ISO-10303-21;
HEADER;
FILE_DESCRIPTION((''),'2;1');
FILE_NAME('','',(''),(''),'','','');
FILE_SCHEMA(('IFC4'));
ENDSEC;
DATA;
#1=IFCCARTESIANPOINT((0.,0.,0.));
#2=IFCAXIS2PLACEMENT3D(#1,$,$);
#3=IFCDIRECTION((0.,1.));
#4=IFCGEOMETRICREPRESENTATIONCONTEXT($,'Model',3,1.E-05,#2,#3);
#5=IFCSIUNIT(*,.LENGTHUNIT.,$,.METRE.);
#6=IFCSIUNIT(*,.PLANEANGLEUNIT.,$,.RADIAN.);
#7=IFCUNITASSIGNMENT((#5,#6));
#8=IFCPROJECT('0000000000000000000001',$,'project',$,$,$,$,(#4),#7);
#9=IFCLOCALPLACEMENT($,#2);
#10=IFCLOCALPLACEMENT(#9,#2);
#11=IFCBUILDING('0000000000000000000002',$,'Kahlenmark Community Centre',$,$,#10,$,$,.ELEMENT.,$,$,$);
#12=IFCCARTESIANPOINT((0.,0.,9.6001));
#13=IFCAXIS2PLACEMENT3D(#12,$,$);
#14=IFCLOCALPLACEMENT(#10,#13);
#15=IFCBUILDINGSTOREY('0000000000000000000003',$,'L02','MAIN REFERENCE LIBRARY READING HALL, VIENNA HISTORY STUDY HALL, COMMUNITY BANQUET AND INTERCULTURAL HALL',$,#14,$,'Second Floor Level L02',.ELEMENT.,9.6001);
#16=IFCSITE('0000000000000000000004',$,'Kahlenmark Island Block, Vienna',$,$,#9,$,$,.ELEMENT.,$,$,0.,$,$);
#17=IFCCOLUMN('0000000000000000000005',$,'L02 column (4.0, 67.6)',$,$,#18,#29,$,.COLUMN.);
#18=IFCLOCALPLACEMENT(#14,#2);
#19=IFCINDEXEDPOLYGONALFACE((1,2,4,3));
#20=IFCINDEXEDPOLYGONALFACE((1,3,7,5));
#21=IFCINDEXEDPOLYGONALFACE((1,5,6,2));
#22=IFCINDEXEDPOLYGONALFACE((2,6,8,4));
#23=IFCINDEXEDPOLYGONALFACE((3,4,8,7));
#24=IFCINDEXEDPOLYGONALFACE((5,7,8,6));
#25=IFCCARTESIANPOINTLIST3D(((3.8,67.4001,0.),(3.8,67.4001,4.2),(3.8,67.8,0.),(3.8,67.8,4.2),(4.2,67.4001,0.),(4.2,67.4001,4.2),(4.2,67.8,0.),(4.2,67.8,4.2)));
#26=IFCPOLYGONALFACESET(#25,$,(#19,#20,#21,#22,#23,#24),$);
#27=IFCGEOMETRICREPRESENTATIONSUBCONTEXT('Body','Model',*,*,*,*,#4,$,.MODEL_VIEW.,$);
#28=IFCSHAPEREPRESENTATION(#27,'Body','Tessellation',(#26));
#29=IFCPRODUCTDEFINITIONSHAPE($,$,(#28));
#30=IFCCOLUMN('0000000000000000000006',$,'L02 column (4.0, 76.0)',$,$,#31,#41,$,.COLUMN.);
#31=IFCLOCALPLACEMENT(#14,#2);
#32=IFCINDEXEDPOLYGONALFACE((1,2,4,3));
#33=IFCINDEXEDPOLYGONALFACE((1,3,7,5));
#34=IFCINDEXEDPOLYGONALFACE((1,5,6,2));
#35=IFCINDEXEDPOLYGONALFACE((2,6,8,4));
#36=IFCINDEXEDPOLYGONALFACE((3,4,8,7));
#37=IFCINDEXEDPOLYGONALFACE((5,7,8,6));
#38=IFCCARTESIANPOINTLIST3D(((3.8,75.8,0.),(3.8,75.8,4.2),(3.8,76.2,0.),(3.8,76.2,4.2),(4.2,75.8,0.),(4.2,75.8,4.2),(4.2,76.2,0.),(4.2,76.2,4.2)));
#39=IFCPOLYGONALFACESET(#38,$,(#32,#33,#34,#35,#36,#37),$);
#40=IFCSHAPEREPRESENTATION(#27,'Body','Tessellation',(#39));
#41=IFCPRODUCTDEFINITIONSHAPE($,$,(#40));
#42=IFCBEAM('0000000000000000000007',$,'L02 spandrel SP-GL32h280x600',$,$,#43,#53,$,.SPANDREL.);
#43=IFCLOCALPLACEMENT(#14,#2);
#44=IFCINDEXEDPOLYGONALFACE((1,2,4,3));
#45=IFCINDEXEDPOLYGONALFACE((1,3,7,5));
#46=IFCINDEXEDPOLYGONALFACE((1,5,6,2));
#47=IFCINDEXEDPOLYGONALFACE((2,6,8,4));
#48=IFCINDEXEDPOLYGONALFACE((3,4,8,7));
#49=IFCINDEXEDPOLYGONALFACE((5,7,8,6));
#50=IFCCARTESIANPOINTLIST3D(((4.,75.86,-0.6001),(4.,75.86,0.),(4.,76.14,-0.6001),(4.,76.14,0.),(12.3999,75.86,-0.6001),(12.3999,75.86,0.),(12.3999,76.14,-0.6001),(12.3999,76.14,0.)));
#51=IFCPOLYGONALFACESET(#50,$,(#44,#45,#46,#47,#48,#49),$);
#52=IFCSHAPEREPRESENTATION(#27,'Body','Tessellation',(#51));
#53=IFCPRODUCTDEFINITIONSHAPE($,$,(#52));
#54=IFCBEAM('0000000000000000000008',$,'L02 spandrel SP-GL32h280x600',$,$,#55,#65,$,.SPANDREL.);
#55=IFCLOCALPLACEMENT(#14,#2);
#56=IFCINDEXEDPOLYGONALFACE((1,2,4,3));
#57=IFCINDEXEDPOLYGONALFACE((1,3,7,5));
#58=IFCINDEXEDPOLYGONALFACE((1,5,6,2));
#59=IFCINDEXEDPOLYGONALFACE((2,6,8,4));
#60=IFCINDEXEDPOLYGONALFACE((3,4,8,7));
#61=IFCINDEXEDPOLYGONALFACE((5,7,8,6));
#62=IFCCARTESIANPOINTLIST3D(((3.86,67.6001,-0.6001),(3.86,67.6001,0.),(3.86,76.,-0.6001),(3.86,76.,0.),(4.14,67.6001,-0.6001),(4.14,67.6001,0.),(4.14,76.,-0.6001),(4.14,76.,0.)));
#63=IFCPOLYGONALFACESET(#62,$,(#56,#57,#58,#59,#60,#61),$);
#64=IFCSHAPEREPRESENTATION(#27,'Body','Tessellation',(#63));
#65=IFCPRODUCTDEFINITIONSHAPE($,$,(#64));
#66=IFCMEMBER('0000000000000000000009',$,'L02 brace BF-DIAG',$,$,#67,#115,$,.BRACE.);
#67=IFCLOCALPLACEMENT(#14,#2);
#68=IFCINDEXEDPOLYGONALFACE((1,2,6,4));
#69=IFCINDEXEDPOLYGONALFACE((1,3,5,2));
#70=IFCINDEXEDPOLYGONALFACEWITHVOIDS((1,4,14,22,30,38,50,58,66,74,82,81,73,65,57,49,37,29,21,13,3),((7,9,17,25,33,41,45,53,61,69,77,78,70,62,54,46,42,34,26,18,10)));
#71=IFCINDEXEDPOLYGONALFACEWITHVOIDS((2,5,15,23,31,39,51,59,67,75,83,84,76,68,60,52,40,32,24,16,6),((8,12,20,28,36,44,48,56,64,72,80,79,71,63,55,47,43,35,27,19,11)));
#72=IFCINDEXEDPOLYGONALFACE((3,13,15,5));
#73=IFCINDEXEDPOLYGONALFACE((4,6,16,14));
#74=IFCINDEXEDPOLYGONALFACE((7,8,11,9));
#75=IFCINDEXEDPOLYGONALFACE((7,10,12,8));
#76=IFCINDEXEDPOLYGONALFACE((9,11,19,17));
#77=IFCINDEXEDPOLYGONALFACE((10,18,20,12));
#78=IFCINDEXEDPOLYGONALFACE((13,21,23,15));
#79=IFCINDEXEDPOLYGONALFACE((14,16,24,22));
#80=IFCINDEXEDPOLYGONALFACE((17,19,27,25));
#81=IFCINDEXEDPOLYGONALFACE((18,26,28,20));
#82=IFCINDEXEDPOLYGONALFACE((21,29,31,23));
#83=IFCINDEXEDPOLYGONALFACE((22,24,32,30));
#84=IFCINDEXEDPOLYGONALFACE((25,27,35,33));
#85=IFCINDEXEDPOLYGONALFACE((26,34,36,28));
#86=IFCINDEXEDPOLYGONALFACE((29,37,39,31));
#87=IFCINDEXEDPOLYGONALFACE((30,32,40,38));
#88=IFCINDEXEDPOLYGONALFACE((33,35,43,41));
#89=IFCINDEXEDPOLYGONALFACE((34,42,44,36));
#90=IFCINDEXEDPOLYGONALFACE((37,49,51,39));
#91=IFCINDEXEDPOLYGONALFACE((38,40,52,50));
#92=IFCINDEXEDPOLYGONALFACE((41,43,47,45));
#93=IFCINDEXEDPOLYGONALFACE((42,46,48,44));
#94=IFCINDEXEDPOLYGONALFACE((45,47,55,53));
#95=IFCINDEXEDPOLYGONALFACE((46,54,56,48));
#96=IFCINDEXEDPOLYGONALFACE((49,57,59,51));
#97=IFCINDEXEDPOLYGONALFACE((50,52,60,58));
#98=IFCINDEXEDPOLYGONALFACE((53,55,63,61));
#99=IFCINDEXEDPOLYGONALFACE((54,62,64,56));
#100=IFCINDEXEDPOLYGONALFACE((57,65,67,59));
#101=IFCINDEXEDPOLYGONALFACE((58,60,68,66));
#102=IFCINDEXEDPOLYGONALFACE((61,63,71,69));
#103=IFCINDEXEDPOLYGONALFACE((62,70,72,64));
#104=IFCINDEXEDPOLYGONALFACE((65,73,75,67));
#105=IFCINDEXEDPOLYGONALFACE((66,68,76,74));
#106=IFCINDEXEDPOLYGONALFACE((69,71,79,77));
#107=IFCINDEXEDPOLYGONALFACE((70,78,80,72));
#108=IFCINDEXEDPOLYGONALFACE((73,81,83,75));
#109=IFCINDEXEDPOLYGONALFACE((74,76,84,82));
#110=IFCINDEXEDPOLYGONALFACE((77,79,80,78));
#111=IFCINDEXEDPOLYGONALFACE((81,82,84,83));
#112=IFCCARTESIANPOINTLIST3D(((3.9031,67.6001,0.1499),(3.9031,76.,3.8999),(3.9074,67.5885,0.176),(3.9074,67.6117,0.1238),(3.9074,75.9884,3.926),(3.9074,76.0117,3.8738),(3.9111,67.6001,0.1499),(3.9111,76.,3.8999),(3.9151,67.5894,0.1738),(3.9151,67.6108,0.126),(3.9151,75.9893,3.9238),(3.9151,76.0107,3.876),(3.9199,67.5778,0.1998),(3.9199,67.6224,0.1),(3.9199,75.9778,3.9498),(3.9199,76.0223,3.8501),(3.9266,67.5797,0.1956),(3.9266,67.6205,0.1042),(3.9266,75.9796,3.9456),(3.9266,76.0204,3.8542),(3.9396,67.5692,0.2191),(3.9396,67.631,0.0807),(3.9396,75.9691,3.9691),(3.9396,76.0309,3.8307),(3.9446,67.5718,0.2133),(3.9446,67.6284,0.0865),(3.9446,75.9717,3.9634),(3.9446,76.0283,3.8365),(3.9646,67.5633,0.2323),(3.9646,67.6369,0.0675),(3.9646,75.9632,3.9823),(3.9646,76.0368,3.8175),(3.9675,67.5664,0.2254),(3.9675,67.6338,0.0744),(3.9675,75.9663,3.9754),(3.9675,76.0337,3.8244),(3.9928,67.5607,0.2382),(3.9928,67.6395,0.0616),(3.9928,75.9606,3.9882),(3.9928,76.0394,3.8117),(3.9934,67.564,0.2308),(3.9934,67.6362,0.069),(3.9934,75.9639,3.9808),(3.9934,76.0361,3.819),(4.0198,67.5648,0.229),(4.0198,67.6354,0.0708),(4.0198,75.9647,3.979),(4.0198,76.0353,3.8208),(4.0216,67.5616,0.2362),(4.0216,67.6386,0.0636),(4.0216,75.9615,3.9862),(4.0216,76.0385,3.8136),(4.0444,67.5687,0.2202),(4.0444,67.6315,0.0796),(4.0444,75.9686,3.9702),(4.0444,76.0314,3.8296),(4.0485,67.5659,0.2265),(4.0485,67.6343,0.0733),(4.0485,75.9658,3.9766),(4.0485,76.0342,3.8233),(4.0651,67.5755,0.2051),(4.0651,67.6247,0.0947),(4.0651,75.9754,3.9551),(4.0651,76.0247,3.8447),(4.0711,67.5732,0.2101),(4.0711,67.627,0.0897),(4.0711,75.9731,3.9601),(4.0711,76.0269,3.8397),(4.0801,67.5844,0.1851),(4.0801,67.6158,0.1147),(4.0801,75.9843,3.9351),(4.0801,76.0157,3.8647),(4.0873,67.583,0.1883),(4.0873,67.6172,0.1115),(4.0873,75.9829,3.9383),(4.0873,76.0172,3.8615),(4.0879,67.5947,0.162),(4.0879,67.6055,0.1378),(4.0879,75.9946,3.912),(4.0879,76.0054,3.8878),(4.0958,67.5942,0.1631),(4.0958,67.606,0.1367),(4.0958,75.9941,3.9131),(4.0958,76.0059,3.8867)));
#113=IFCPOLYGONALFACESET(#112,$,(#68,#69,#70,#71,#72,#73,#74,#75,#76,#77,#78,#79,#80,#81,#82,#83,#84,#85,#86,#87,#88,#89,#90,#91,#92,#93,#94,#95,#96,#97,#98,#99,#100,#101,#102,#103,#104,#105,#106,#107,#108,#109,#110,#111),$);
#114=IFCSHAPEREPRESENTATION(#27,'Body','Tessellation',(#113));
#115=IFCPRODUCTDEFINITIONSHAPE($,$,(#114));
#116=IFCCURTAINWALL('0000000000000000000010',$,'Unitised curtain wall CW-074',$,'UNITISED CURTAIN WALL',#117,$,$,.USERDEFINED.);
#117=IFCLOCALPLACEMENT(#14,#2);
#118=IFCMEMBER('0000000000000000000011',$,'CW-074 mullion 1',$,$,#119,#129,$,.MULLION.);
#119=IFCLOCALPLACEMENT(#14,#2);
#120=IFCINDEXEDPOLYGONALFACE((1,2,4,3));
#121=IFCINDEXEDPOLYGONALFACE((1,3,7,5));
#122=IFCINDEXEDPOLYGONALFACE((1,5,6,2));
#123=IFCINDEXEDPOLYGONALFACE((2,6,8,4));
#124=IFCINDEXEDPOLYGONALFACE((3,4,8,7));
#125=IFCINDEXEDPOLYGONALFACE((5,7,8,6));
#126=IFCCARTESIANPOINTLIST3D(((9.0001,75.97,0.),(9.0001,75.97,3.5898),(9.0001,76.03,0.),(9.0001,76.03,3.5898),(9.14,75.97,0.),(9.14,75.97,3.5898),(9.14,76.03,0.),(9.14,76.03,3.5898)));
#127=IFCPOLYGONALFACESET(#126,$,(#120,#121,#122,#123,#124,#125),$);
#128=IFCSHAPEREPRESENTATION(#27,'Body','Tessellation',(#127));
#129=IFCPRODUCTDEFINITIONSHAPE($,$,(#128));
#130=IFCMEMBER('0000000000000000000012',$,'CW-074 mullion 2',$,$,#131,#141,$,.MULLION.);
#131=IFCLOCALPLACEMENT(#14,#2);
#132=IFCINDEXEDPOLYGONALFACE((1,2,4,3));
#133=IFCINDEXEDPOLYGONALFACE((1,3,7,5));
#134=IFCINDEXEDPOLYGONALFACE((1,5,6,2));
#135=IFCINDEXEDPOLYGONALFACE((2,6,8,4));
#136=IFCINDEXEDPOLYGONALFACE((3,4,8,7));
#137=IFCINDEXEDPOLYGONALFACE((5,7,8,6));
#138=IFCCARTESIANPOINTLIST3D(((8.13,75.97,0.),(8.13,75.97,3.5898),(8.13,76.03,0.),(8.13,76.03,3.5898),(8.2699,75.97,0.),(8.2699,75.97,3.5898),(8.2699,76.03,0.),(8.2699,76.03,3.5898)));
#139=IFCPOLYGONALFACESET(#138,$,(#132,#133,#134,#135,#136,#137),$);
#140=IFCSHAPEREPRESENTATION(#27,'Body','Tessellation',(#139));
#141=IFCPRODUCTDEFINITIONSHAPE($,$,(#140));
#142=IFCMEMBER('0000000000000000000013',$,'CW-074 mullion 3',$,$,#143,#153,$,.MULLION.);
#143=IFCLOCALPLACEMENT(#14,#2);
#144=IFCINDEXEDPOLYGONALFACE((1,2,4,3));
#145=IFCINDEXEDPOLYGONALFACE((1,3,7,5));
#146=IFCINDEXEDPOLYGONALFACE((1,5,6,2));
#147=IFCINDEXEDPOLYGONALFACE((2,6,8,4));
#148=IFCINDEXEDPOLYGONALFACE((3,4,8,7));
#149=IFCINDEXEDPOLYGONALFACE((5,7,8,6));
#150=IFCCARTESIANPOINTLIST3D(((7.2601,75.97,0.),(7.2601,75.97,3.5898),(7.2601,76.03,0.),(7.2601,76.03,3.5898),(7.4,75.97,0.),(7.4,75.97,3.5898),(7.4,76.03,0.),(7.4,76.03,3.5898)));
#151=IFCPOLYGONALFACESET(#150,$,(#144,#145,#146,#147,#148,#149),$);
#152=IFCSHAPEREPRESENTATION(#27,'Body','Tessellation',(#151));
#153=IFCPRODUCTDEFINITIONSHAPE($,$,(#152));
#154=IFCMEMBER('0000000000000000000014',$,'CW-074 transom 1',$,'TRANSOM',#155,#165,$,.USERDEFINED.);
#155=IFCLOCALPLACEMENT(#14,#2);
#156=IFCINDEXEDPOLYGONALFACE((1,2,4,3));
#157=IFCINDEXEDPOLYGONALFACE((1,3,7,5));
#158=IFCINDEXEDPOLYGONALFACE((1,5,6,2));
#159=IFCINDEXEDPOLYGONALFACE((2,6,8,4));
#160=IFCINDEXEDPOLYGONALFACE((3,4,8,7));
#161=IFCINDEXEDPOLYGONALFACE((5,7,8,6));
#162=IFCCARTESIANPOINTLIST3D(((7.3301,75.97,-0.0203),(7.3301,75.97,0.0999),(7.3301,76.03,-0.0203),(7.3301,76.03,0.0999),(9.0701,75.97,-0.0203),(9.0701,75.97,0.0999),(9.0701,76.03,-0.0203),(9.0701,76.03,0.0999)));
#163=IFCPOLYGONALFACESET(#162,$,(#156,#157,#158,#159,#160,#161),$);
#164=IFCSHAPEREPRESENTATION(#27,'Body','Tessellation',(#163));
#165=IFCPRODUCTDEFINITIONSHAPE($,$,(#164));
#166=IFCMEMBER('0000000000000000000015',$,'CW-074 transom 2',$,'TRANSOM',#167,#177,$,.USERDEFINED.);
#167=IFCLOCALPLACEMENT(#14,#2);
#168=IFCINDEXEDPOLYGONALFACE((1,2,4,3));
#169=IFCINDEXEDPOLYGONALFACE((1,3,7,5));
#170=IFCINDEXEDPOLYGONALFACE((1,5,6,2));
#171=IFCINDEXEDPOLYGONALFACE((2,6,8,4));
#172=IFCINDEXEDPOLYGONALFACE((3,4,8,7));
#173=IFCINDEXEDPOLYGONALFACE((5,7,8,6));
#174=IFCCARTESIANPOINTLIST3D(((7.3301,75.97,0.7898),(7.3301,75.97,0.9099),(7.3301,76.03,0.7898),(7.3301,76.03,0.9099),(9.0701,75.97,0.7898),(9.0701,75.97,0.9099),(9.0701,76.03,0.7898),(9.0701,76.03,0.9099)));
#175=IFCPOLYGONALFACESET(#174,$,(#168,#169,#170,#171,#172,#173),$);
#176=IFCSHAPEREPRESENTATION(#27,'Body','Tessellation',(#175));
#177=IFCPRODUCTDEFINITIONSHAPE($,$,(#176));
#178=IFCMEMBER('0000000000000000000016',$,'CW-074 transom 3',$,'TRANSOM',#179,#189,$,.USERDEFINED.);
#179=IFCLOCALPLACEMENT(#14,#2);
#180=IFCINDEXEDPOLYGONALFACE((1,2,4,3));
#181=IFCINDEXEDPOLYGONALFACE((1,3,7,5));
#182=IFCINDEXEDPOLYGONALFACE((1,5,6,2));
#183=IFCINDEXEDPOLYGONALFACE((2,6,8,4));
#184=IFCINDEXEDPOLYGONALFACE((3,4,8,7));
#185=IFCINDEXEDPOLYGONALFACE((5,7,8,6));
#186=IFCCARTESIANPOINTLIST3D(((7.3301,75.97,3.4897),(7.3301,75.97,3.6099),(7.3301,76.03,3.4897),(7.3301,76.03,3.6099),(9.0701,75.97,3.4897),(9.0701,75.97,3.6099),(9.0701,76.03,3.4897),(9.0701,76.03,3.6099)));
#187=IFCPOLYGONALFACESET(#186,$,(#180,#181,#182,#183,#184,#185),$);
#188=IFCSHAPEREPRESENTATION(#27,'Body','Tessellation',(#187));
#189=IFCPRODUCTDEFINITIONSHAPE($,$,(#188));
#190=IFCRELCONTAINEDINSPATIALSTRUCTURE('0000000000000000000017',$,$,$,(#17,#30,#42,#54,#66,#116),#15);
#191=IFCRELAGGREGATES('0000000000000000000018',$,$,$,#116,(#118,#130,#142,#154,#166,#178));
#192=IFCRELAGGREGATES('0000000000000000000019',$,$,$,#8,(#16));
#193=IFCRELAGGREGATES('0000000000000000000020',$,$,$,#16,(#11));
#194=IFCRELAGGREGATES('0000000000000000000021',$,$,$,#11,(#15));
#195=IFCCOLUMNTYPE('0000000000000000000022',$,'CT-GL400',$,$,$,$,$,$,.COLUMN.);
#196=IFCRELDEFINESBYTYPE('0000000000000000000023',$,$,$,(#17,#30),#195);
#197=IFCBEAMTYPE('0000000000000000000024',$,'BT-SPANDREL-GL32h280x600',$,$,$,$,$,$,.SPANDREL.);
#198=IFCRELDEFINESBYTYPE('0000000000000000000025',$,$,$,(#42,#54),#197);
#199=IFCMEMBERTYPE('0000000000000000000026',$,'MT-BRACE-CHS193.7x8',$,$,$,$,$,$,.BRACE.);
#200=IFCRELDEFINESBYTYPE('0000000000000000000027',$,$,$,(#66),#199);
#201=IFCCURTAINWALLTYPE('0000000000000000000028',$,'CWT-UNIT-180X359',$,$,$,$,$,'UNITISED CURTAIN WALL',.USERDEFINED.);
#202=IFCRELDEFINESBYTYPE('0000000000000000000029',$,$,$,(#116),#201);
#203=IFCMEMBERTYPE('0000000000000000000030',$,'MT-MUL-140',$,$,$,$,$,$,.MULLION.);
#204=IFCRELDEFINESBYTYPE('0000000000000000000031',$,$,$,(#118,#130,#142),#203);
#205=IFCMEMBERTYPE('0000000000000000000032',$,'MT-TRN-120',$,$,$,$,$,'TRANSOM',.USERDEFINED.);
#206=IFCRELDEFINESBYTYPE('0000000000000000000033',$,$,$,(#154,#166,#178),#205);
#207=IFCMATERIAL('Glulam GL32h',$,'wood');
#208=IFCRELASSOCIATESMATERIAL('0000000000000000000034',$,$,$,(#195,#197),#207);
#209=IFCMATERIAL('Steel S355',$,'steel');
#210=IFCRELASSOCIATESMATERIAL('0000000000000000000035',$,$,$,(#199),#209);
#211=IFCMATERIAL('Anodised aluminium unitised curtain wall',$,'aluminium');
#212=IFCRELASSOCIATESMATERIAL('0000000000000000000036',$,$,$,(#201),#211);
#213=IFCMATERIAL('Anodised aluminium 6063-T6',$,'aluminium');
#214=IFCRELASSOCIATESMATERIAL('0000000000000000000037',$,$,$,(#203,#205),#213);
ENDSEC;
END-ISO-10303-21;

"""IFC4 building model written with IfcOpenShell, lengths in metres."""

from ifc_helpers import new_model, si_unit, direction, frame, origin, origin_2d, place, context, subcontext, project, spatial, rectangle, hollow_circle, extrude, material, material_profile, profile_set, type_object, element, aggregate, save


model = new_model("IFC4")

# Units and contexts
model_context = context("Model", 3, precision=1e-05, world=origin(), true_north=direction((0.0, 1.0)))
body_context = subcontext(model_context, "Body", "Model", "MODEL_VIEW")
ifc_project = project(units=[si_unit("LENGTHUNIT", "METRE"), si_unit("PLANEANGLEUNIT", "RADIAN")], contexts=[model_context])

# Site, building, storey
site_placement = place(None, origin())
site = spatial("IfcSite", under=ifc_project, at=site_placement, Name="Kahlenmark Island Block, Vienna", CompositionType="ELEMENT", RefElevation=0.0)
building_placement = place(site_placement, origin())
building = spatial("IfcBuilding", under=site, at=building_placement, Name="Kahlenmark Community Centre", CompositionType="ELEMENT")
storey_placement = place(building_placement, frame((0.0, 0.0, 9.6001)))
storey = spatial("IfcBuildingStorey", under=building, at=storey_placement, Name="L02", Description="MAIN REFERENCE LIBRARY READING HALL, VIENNA HISTORY STUDY HALL, COMMUNITY BANQUET AND INTERCULTURAL HALL", LongName="Second Floor Level L02", CompositionType="ELEMENT", Elevation=9.6001)

# Columns
ifc_material_1 = material(Name="Glulam GL32h", Category="wood")
ifc_material_profile_1 = material_profile(ifc_material_1, rectangle(XDim=0.3999, YDim=0.3999, at=origin_2d()), Name="GL32h 400x400")
ifc_profile_set_1 = profile_set([ifc_material_profile_1], Name="Glulam GL32h")
column_type = type_object("IfcColumnType", Name="CT-GL400", PredefinedType="COLUMN", material=ifc_profile_set_1)
for number, where, z_axis, x_axis, name in (
    (1, (4.0, 67.6001, 0.0), (0.0, 0.0, 1.0), (1.0, 0.0, 0.0), "L02 column (4.0, 67.6)"),
    (2, (4.0, 76.0, 0.0), (0.0, 0.0, 1.0), (1.0, 0.0, 0.0), "L02 column (4.0, 76.0)"),
):
    element("IfcColumn", number, at=place(storey_placement, frame(where, z_axis=z_axis, x_axis=x_axis)), inside=storey, type_object=column_type, Name=name, PredefinedType="COLUMN", context=body_context, shape_type="SweptSolid", body=[
        extrude(rectangle(XDim=0.3999, YDim=0.3999, at=origin_2d()), origin(), (0.0, 0.0, 1.0), 4.2),
    ])

# Beams
ifc_material_profile_2 = material_profile(ifc_material_1, rectangle(XDim=0.28, YDim=0.6001, at=origin_2d()), Name="GL32h 280x600")
ifc_profile_set_2 = profile_set([ifc_material_profile_2], Name="Glulam GL32h")
beam_type = type_object("IfcBeamType", Name="BT-SPANDREL-GL32h280x600", PredefinedType="SPANDREL", material=ifc_profile_set_2)
for number, where, z_axis, x_axis, name in (
    (3, (4.0, 76.0, -0.3), (1.0, 0.0, 0.0), (0.0, 1.0, 0.0), "L02 spandrel SP-GL32h280x600"),
    (4, (4.0, 67.6001, -0.3), (0.0, 1.0, 0.0), (-1.0, 0.0, 0.0), "L02 spandrel SP-GL32h280x600"),
):
    element("IfcBeam", number, at=place(storey_placement, frame(where, z_axis=z_axis, x_axis=x_axis)), inside=storey, type_object=beam_type, Name=name, PredefinedType="SPANDREL", context=body_context, shape_type="SweptSolid", body=[
        extrude(rectangle(XDim=0.28, YDim=0.6001, at=origin_2d()), origin(), (0.0, 0.0, 1.0), 8.3999),
    ])

# Member
ifc_material_2 = material(Name="Steel S355", Category="steel")
ifc_material_profile_3 = material_profile(ifc_material_2, hollow_circle(Radius=0.0969, WallThickness=0.0081, at=origin_2d()), Name="CHS 193.7x8")
ifc_profile_set_3 = profile_set([ifc_material_profile_3], Name="Steel S355")
member_type_1 = type_object("IfcMemberType", Name="MT-BRACE-CHS193.7x8", PredefinedType="BRACE", material=ifc_profile_set_3)
member_1_placement = place(storey_placement, frame((4.0, 67.6001, 0.1499), z_axis=(0.0, 0.913136, 0.407655), x_axis=(-1.0, 0.0, 0.0)))
element("IfcMember", 5, at=member_1_placement, inside=storey, type_object=member_type_1, Name="L02 brace BF-DIAG", PredefinedType="BRACE", context=body_context, shape_type="SweptSolid", body=[
    extrude(hollow_circle(Radius=0.0969, WallThickness=0.0081, at=origin_2d()), origin(), (0.0, 0.0, 1.0), 9.199),
])

# Curtain wall, members
ifc_material_3 = material(Name="Anodised aluminium unitised curtain wall", Category="aluminium")
curtain_wall_type = type_object("IfcCurtainWallType", Name="CWT-UNIT-180X359", ElementType="UNITISED CURTAIN WALL", PredefinedType="USERDEFINED", material=ifc_material_3)
curtain_wall_placement = place(storey_placement, origin())
curtain_wall = element("IfcCurtainWall", 6, at=curtain_wall_placement, inside=storey, type_object=curtain_wall_type, Name="Unitised curtain wall CW-074", ObjectType="UNITISED CURTAIN WALL", PredefinedType="USERDEFINED")
ifc_material_4 = material(Name="Anodised aluminium 6063-T6", Category="aluminium")
ifc_material_profile_4 = material_profile(ifc_material_4, rectangle(XDim=0.0601, YDim=0.1399, at=origin_2d()), Name="ALU MULLION 60x140")
ifc_profile_set_4 = profile_set([ifc_material_profile_4], Name="Anodised aluminium 6063-T6")
member_type_2 = type_object("IfcMemberType", Name="MT-MUL-140", PredefinedType="MULLION", material=ifc_profile_set_4)
member_2_placement = place(storey_placement, frame((9.0701, 76.0, 0.0), z_axis=(0.0, 0.0, 1.0), x_axis=(0.0, -1.0, 0.0)))
member_2 = element("IfcMember", 7, at=member_2_placement, type_object=member_type_2, Name="CW-074 mullion 1", PredefinedType="MULLION", context=body_context, shape_type="SweptSolid", body=[
    extrude(rectangle(XDim=0.0601, YDim=0.1399, at=origin_2d()), origin(), (0.0, 0.0, 1.0), 3.5898),
])
member_3_placement = place(storey_placement, frame((8.2, 76.0, 0.0), z_axis=(0.0, 0.0, 1.0), x_axis=(0.0, -1.0, 0.0)))
member_3 = element("IfcMember", 8, at=member_3_placement, type_object=member_type_2, Name="CW-074 mullion 2", PredefinedType="MULLION", context=body_context, shape_type="SweptSolid", body=[
    extrude(rectangle(XDim=0.0601, YDim=0.1399, at=origin_2d()), origin(), (0.0, 0.0, 1.0), 3.5898),
])
member_4_placement = place(storey_placement, frame((7.3301, 76.0, 0.0), z_axis=(0.0, 0.0, 1.0), x_axis=(0.0, -1.0, 0.0)))
member_4 = element("IfcMember", 9, at=member_4_placement, type_object=member_type_2, Name="CW-074 mullion 3", PredefinedType="MULLION", context=body_context, shape_type="SweptSolid", body=[
    extrude(rectangle(XDim=0.0601, YDim=0.1399, at=origin_2d()), origin(), (0.0, 0.0, 1.0), 3.5898),
])
ifc_material_profile_5 = material_profile(ifc_material_4, rectangle(XDim=0.0601, YDim=0.1201, at=origin_2d()), Name="ALU TRANSOM 60x120")
ifc_profile_set_5 = profile_set([ifc_material_profile_5], Name="Anodised aluminium 6063-T6")
member_type_3 = type_object("IfcMemberType", Name="MT-TRN-120", ElementType="TRANSOM", PredefinedType="USERDEFINED", material=ifc_profile_set_5)
member_5_placement = place(storey_placement, frame((9.0701, 76.0, 0.0398), z_axis=(-1.0, 0.0, 0.0), x_axis=(0.0, -1.0, 0.0)))
member_5 = element("IfcMember", 10, at=member_5_placement, type_object=member_type_3, Name="CW-074 transom 1", ObjectType="TRANSOM", PredefinedType="USERDEFINED", context=body_context, shape_type="SweptSolid", body=[
    extrude(rectangle(XDim=0.0601, YDim=0.1201, at=origin_2d()), origin(), (0.0, 0.0, 1.0), 1.74),
])
member_6_placement = place(storey_placement, frame((9.0701, 76.0, 0.8499), z_axis=(-1.0, 0.0, 0.0), x_axis=(0.0, -1.0, 0.0)))
member_6 = element("IfcMember", 11, at=member_6_placement, type_object=member_type_3, Name="CW-074 transom 2", ObjectType="TRANSOM", PredefinedType="USERDEFINED", context=body_context, shape_type="SweptSolid", body=[
    extrude(rectangle(XDim=0.0601, YDim=0.1201, at=origin_2d()), origin(), (0.0, 0.0, 1.0), 1.74),
])
member_7_placement = place(storey_placement, frame((9.0701, 76.0, 3.5498), z_axis=(-1.0, 0.0, 0.0), x_axis=(0.0, -1.0, 0.0)))
member_7 = element("IfcMember", 12, at=member_7_placement, type_object=member_type_3, Name="CW-074 transom 3", ObjectType="TRANSOM", PredefinedType="USERDEFINED", context=body_context, shape_type="SweptSolid", body=[
    extrude(rectangle(XDim=0.0601, YDim=0.1201, at=origin_2d()), origin(), (0.0, 0.0, 1.0), 1.74),
])
aggregate(curtain_wall, [member_2, member_3, member_4, member_5, member_6, member_7])

save(model, "model.ifc")
